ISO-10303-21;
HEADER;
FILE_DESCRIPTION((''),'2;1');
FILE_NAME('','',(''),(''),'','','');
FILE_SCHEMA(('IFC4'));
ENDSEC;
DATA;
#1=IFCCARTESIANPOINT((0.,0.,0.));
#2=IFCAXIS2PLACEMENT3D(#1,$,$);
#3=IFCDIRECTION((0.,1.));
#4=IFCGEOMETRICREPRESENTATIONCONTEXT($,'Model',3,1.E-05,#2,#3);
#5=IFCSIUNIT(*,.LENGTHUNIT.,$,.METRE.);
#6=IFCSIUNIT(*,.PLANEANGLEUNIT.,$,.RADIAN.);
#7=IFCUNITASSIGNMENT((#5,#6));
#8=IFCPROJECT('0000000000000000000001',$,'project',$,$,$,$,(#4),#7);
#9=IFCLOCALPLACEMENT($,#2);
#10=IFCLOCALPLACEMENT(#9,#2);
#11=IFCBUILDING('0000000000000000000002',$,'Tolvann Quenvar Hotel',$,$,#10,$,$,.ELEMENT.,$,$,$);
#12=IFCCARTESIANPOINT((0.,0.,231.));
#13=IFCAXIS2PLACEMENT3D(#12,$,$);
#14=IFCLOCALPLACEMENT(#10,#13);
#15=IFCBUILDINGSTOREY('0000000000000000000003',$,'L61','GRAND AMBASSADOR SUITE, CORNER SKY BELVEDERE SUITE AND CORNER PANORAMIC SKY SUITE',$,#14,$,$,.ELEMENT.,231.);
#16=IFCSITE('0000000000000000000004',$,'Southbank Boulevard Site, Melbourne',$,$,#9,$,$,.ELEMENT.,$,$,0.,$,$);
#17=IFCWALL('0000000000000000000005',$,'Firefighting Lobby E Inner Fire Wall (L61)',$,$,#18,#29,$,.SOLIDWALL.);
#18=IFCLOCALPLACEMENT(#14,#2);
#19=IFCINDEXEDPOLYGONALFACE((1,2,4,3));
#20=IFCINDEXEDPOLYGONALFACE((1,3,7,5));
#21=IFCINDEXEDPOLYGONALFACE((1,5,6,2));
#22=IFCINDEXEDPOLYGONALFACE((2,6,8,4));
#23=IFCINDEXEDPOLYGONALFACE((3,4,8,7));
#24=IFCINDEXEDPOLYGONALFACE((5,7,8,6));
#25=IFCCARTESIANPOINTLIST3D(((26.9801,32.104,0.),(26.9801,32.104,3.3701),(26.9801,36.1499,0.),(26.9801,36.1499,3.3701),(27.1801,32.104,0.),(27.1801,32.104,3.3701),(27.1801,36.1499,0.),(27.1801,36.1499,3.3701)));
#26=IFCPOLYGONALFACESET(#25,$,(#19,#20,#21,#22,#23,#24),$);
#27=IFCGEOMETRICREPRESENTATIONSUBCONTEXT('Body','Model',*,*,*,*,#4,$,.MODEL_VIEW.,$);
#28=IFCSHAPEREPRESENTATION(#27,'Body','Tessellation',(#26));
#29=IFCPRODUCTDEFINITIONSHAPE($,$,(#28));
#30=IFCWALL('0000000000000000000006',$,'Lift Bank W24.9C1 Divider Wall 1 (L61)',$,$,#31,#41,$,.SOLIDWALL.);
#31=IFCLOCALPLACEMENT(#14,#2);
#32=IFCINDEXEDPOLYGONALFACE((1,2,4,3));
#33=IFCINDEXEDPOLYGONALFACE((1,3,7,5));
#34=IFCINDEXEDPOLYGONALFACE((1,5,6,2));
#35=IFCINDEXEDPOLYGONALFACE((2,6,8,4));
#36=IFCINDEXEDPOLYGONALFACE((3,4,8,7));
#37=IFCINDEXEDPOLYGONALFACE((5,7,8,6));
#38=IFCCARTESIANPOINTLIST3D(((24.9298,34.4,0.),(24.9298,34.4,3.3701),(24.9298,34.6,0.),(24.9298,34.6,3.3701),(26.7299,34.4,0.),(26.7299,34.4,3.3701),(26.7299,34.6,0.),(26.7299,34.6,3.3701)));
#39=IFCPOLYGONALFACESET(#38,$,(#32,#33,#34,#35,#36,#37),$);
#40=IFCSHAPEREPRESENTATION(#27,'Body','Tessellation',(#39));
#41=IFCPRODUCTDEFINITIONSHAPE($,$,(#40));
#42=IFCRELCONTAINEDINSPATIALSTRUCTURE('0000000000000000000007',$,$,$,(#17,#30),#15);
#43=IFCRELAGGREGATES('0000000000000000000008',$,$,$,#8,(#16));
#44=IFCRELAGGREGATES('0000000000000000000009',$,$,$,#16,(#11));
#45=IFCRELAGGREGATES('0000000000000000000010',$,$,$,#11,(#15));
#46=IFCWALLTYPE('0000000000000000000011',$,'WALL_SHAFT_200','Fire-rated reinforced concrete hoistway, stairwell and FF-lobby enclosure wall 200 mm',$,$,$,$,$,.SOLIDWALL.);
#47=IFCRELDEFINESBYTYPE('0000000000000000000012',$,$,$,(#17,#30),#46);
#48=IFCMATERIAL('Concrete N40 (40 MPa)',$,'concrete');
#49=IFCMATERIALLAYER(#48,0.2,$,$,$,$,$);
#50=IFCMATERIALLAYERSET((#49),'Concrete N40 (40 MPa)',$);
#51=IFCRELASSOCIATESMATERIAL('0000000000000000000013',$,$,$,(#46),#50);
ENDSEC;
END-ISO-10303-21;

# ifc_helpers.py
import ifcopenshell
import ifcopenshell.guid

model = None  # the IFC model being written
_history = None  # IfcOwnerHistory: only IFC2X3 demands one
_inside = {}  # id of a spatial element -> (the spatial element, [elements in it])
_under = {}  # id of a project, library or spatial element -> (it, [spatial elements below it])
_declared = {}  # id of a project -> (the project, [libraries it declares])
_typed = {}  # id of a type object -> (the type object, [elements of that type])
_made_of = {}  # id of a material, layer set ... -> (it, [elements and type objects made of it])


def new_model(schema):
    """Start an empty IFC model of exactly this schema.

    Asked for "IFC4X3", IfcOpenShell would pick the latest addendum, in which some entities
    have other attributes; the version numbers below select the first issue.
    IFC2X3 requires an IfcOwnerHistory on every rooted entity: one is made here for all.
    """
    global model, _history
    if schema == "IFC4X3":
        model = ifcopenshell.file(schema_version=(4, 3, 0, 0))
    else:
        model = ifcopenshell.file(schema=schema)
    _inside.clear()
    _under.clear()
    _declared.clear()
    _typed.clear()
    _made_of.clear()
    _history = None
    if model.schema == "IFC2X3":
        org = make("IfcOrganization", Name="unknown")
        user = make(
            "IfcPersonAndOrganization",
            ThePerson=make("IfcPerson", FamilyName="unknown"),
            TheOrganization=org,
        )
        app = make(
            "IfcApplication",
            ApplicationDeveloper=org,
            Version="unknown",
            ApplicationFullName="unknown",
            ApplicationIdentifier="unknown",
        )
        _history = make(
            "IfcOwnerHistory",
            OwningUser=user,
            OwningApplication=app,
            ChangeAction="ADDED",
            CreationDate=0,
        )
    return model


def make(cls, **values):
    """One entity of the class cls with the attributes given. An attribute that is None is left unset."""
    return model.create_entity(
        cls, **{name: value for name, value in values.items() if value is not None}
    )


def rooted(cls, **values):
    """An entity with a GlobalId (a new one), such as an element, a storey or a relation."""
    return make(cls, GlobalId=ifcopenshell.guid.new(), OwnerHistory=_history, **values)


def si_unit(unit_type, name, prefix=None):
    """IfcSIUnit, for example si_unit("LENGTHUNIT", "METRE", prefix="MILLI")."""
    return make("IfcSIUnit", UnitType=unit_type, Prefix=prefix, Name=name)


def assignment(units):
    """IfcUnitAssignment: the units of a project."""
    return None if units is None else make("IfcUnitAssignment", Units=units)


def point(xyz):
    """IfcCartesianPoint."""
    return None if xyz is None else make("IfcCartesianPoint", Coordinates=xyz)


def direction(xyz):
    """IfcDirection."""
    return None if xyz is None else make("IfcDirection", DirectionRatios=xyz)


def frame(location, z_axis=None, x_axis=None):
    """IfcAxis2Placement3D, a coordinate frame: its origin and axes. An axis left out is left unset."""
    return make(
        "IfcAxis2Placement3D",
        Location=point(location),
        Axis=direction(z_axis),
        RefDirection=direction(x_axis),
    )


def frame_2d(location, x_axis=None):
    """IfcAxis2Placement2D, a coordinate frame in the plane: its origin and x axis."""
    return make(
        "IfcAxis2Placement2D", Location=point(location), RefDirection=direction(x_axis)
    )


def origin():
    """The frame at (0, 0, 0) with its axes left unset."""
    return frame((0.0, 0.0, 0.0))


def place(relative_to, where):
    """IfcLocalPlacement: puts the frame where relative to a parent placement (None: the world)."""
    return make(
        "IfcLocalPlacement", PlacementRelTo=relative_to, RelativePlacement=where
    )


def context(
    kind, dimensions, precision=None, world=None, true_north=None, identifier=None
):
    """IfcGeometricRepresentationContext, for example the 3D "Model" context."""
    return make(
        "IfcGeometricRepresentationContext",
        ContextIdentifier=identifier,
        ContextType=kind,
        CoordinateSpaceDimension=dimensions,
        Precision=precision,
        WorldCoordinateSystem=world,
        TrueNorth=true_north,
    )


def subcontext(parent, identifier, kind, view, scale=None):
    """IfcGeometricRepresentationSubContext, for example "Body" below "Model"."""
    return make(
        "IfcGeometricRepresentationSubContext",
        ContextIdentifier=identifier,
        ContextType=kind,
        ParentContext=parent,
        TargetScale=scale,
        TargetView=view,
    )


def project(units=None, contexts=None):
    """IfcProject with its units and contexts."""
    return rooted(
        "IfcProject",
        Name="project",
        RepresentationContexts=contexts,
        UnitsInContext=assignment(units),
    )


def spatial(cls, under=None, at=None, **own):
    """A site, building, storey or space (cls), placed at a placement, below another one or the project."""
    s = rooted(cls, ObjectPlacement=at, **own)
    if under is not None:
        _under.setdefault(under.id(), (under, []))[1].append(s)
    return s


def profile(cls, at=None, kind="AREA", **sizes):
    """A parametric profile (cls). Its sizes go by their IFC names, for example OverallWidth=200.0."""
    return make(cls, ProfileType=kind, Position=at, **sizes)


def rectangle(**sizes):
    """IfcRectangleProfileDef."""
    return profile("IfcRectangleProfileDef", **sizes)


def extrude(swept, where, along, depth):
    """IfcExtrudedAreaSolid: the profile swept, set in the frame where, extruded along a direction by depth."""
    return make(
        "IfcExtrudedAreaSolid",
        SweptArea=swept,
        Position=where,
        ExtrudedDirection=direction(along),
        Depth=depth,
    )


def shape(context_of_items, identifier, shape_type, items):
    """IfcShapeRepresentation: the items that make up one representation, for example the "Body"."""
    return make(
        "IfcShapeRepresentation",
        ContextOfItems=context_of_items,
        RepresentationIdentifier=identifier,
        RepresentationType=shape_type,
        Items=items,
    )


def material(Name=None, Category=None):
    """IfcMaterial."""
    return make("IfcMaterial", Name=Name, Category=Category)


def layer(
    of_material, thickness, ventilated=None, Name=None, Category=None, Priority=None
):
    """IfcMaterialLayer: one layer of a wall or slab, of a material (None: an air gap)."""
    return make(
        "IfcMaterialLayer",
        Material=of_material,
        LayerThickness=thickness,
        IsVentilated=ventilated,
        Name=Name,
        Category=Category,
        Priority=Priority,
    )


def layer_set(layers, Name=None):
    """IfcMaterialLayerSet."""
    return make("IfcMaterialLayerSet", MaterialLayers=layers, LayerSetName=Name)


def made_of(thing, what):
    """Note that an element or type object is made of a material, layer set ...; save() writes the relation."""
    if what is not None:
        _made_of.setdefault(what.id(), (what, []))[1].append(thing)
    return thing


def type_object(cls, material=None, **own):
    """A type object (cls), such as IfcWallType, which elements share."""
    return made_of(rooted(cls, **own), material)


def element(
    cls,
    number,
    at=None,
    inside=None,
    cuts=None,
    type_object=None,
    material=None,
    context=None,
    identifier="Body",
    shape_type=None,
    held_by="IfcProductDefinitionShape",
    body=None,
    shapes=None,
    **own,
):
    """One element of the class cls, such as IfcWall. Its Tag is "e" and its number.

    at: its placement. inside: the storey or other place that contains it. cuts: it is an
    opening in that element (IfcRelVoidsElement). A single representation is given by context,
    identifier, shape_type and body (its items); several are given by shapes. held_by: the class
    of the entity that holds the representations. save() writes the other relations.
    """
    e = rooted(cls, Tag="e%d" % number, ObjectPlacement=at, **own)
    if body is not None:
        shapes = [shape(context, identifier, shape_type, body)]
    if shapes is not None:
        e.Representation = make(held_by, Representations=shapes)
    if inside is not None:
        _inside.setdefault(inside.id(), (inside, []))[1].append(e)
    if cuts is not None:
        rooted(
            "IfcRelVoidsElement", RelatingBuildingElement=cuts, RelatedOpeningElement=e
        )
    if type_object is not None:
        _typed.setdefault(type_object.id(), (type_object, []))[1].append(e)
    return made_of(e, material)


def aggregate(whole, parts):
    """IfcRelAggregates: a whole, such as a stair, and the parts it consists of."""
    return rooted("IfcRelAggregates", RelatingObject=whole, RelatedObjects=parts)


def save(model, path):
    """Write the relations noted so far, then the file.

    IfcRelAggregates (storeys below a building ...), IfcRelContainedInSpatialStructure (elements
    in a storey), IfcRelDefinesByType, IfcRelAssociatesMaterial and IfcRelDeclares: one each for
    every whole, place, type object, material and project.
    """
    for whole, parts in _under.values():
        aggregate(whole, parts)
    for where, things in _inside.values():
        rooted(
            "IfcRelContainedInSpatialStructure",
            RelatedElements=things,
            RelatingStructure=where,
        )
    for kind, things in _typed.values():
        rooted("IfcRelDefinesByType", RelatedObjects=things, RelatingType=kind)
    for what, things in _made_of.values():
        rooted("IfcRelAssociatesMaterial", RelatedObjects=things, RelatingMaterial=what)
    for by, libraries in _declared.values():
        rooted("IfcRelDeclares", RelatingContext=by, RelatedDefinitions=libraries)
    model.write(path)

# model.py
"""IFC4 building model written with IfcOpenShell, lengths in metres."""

from ifc_helpers import new_model, si_unit, direction, frame, frame_2d, origin, place, context, subcontext, project, spatial, rectangle, extrude, material, layer, layer_set, type_object, element, save


model = new_model("IFC4")

# Units and contexts
model_context = context("Model", 3, precision=1e-05, world=origin(), true_north=direction((0.0, 1.0)))
body_context = subcontext(model_context, "Body", "Model", "MODEL_VIEW")
ifc_project = project(units=[si_unit("LENGTHUNIT", "METRE"), si_unit("PLANEANGLEUNIT", "RADIAN")], contexts=[model_context])

# Site, building, storey
site_placement = place(None, origin())
site = spatial("IfcSite", under=ifc_project, at=site_placement, Name="Southbank Boulevard Site, Melbourne", CompositionType="ELEMENT", RefElevation=0.0)
building_placement = place(site_placement, origin())
building = spatial("IfcBuilding", under=site, at=building_placement, Name="Tolvann Quenvar Hotel", CompositionType="ELEMENT")
storey_placement = place(building_placement, frame((0.0, 0.0, 231.0)))
storey = spatial("IfcBuildingStorey", under=building, at=storey_placement, Name="L61", Description="GRAND AMBASSADOR SUITE, CORNER SKY BELVEDERE SUITE AND CORNER PANORAMIC SKY SUITE", CompositionType="ELEMENT", Elevation=231.0)

# Wall
ifc_material_1 = material(Name="Concrete N40 (40 MPa)", Category="concrete")
ifc_layer_1 = layer(ifc_material_1, 0.2)
ifc_layer_set_1 = layer_set([ifc_layer_1], Name="Concrete N40 (40 MPa)")
wall_type_1 = type_object("IfcWallType", Name="WALL_SHAFT_200", Description="Fire-rated reinforced concrete hoistway, stairwell and FF-lobby enclosure wall 200 mm", PredefinedType="SOLIDWALL", material=ifc_layer_set_1)
wall_1_placement = place(storey_placement, frame((27.0801, 32.104, 0.0), z_axis=(0.0, 0.0, 1.0), x_axis=(0.0, 1.0, 0.0)))
element("IfcWall", 1, at=wall_1_placement, inside=storey, type_object=wall_type_1, Name="Firefighting Lobby E Inner Fire Wall (L61)", PredefinedType="SOLIDWALL", context=body_context, shape_type="SweptSolid", body=[
    extrude(rectangle(XDim=4.0459, YDim=0.2, at=frame_2d((2.0229, 0.0))), origin(), (0.0, 0.0, 1.0), 3.3701),
])

# Wall
wall_2_placement = place(storey_placement, frame((24.9299, 34.5, 0.0), z_axis=(0.0, 0.0, 1.0), x_axis=(1.0, 0.0, 0.0)))
element("IfcWall", 2, at=wall_2_placement, inside=storey, type_object=wall_type_1, Name="Lift Bank W24.9C1 Divider Wall 1 (L61)", PredefinedType="SOLIDWALL", context=body_context, shape_type="SweptSolid", body=[
    extrude(rectangle(XDim=1.8, YDim=0.2, at=frame_2d((0.8999, 0.0))), origin(), (0.0, 0.0, 1.0), 3.3701),
])

save(model, "model.ifc")
